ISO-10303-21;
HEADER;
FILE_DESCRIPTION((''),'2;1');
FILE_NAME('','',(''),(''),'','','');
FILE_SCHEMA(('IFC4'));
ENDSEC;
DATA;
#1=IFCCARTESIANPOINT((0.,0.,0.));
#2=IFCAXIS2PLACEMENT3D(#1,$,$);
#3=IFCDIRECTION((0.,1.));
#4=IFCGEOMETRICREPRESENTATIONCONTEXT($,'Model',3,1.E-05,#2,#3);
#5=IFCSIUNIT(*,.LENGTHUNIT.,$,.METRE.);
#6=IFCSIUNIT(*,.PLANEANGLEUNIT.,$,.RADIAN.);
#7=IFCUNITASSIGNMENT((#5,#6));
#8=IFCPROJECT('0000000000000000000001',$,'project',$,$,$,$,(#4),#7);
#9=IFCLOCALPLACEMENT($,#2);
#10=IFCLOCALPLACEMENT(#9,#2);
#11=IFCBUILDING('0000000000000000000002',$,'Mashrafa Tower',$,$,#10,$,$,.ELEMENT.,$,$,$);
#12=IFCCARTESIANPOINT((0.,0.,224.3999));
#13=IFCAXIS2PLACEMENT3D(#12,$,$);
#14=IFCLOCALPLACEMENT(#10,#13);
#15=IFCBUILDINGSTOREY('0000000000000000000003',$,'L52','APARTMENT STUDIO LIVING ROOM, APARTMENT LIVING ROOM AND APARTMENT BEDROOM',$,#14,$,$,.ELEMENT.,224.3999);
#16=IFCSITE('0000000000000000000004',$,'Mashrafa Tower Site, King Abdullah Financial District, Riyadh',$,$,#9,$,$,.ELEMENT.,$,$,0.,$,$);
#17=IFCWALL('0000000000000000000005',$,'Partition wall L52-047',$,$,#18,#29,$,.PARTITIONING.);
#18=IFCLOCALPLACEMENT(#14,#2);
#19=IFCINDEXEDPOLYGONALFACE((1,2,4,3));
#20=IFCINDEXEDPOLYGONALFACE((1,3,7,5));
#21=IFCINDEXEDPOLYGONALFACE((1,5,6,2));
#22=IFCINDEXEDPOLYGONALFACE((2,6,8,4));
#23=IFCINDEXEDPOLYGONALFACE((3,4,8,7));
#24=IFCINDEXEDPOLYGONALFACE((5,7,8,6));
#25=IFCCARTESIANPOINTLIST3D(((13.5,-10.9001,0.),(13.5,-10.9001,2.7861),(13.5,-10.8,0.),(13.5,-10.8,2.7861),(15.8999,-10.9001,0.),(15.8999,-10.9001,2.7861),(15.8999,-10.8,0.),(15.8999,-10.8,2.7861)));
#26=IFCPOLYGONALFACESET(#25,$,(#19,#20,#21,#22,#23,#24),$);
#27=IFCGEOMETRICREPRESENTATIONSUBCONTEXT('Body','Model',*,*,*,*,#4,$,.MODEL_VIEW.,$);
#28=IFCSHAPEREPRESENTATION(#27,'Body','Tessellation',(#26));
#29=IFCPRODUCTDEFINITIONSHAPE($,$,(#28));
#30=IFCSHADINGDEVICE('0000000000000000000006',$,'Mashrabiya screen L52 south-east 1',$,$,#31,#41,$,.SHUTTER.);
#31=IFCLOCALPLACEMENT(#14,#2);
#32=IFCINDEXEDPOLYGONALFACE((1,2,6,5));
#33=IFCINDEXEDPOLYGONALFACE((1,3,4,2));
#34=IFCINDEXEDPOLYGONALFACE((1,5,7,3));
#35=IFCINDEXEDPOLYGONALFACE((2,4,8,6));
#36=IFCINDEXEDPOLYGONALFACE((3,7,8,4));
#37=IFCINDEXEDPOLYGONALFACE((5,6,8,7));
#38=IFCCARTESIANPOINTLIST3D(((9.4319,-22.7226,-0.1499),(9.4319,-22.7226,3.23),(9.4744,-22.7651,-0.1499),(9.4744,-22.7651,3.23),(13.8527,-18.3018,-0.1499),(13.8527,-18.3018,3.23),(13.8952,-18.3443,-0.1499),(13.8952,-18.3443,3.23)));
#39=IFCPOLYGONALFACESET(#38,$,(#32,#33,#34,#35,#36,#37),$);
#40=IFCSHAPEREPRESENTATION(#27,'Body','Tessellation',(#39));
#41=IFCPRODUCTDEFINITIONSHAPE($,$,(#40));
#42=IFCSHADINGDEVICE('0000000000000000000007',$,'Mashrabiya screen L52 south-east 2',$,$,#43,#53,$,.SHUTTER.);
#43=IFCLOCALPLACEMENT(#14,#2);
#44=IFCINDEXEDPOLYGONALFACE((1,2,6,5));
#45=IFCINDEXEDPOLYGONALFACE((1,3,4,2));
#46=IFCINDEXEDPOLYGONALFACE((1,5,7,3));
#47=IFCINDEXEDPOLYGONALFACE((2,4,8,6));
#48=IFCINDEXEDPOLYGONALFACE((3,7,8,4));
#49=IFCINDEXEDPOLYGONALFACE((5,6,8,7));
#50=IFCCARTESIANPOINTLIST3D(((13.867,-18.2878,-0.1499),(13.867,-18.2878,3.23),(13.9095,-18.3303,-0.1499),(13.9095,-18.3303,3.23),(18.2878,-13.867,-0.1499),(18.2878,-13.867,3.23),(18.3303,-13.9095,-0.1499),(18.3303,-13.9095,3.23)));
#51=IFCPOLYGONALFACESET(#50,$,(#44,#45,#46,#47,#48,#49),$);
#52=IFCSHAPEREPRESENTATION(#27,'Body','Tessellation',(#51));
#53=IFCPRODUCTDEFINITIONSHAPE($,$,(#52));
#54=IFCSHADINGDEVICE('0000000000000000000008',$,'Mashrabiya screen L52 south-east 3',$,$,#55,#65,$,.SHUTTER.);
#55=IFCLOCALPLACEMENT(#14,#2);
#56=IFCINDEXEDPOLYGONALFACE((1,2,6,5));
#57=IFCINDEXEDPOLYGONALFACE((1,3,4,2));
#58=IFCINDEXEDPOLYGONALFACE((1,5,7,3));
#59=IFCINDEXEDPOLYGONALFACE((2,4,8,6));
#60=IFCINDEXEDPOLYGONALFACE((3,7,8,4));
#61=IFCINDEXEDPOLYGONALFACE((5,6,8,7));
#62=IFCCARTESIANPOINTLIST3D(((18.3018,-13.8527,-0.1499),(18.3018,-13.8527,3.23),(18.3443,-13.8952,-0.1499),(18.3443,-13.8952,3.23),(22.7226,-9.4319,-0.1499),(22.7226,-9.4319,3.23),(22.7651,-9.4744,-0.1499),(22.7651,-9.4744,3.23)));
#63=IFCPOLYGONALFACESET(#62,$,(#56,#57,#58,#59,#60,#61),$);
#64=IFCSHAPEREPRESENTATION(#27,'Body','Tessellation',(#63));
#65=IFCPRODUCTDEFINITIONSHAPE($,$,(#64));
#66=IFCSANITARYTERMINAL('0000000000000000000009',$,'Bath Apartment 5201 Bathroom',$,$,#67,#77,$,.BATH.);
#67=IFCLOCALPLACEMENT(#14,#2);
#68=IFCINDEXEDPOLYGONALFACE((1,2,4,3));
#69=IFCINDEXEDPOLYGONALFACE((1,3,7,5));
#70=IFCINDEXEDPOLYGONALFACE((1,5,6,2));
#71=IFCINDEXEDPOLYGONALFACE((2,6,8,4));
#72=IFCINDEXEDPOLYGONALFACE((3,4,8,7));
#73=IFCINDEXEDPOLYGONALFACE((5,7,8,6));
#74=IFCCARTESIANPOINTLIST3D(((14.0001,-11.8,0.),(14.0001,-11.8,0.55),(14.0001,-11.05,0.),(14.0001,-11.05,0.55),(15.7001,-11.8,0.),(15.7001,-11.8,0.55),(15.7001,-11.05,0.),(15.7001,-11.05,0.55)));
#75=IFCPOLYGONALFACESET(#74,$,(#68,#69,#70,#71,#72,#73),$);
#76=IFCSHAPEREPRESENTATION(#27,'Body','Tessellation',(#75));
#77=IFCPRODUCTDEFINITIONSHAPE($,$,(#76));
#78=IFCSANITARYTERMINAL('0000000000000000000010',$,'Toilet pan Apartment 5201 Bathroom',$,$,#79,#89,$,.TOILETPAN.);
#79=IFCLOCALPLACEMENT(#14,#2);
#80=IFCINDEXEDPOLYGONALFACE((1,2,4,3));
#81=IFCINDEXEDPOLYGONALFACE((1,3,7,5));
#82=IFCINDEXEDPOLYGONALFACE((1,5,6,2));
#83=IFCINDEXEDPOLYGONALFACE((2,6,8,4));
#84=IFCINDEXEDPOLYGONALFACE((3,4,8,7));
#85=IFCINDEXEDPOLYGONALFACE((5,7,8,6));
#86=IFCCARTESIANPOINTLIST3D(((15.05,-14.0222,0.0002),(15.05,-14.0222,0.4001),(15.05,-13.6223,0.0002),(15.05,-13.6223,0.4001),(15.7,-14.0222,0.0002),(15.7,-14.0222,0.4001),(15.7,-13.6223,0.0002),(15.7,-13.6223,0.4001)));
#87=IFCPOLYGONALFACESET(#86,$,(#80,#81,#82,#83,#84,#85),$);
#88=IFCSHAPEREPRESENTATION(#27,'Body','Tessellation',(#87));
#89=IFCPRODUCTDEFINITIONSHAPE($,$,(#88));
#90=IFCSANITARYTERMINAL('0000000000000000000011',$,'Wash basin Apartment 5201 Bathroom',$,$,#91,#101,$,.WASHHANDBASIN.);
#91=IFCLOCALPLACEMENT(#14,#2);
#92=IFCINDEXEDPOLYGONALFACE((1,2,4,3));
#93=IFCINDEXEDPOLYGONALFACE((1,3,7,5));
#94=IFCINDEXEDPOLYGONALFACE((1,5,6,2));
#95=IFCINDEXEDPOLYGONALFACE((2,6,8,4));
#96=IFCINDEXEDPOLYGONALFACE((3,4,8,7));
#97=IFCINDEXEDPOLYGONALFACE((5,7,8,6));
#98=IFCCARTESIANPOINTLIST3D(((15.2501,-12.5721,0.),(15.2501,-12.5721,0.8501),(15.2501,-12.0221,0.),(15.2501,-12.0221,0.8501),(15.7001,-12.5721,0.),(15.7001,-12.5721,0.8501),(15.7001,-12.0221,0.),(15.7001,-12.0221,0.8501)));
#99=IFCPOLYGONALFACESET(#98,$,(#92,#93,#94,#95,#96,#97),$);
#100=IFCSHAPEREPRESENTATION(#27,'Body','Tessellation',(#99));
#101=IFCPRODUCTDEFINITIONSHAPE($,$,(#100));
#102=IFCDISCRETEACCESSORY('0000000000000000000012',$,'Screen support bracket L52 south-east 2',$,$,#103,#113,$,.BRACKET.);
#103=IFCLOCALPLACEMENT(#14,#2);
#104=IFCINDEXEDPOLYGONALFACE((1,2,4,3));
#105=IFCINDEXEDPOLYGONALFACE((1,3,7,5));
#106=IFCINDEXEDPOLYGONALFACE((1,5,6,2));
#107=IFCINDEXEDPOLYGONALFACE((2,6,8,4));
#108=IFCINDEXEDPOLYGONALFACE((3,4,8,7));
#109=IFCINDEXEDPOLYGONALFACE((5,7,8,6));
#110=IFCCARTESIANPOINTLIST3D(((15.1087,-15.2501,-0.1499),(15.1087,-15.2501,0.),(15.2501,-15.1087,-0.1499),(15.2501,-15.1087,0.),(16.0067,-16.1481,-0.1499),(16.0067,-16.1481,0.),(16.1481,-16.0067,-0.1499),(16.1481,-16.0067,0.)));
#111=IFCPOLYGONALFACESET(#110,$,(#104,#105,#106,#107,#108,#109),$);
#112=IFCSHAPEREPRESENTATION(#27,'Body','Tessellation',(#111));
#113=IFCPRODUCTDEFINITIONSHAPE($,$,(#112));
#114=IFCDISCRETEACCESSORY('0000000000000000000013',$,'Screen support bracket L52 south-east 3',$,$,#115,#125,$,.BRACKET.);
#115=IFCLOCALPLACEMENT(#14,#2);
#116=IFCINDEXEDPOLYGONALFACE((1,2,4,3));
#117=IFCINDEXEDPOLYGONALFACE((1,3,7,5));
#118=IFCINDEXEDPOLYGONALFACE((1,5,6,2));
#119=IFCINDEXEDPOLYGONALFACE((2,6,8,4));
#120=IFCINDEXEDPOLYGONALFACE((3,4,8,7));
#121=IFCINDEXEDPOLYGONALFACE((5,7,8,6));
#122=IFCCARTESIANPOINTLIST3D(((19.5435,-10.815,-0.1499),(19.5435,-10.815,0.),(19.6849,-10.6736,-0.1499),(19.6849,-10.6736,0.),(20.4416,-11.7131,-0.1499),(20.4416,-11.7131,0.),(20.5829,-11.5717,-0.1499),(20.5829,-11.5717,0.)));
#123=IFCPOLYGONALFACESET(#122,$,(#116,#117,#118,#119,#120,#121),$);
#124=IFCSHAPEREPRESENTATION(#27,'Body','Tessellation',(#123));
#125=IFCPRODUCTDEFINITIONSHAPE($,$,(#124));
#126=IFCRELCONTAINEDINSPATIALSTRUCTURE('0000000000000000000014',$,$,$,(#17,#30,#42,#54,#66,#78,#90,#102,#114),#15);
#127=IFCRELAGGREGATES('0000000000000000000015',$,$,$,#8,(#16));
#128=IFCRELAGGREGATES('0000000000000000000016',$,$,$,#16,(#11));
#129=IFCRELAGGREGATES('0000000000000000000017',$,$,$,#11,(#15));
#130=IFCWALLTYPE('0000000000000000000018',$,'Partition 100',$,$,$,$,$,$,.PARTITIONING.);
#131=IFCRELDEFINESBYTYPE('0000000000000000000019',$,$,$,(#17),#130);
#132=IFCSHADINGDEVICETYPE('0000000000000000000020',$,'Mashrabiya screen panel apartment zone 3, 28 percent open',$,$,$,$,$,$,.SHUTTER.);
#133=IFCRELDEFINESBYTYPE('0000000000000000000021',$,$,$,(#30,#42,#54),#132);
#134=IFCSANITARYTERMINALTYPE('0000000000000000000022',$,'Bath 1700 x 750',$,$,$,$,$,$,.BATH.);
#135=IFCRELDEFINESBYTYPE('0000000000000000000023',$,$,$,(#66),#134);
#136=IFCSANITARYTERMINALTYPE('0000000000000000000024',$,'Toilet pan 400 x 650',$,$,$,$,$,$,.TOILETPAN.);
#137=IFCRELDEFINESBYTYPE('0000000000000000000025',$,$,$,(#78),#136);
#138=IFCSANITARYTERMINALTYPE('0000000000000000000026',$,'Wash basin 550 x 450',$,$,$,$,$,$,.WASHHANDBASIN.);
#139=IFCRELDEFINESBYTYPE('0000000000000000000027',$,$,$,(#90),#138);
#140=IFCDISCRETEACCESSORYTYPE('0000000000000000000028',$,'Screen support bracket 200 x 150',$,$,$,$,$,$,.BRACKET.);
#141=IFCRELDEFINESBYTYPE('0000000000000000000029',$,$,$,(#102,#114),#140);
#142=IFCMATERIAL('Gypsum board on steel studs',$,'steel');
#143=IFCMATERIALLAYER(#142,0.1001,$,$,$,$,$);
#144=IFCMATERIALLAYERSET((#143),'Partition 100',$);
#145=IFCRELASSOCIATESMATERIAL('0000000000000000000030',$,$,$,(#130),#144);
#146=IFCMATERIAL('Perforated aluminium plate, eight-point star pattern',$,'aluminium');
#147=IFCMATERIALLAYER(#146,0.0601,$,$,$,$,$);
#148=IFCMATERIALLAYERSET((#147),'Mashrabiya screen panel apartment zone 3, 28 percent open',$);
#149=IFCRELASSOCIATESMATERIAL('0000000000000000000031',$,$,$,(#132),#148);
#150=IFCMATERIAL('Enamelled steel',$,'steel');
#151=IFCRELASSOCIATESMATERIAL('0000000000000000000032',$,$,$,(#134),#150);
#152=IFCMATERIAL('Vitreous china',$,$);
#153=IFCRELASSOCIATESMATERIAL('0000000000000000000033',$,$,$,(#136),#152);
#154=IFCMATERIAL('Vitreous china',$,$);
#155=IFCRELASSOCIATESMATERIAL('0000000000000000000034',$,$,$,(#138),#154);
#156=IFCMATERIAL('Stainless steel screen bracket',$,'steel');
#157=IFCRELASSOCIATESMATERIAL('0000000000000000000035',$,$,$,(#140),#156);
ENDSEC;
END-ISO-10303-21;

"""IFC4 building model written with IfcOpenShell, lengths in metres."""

from ifc_helpers import new_model, si_unit, direction, frame, frame_2d, origin, origin_2d, place, context, subcontext, project, spatial, rectangle, extrude, source, transform, mapped, material, layer, layer_set, type_object, type_shapes, element, save


model = new_model("IFC4")

# Units and contexts
model_context = context("Model", 3, precision=1e-05, world=origin(), true_north=direction((0.0, 1.0)))
body_context = subcontext(model_context, "Body", "Model", "MODEL_VIEW")
ifc_project = project(units=[si_unit("LENGTHUNIT", "METRE"), si_unit("PLANEANGLEUNIT", "RADIAN")], contexts=[model_context])

# Site, building, storey
site_placement = place(None, origin())
site = spatial("IfcSite", under=ifc_project, at=site_placement, Name="Mashrafa Tower Site, King Abdullah Financial District, Riyadh", CompositionType="ELEMENT", RefElevation=0.0)
building_placement = place(site_placement, origin())
building = spatial("IfcBuilding", under=site, at=building_placement, Name="Mashrafa Tower", CompositionType="ELEMENT")
storey_placement = place(building_placement, frame((0.0, 0.0, 224.3999)))
storey = spatial("IfcBuildingStorey", under=building, at=storey_placement, Name="L52", Description="APARTMENT STUDIO LIVING ROOM, APARTMENT LIVING ROOM AND APARTMENT BEDROOM", CompositionType="ELEMENT", Elevation=224.3999)

# Shared definitions
ifc_material_1 = material(Name="Gypsum board on steel studs", Category="steel")
ifc_layer_1 = layer(ifc_material_1, 0.1001)
ifc_layer_set_1 = layer_set([ifc_layer_1], Name="Partition 100")
wall_type_1 = type_object("IfcWallType", Name="Partition 100", PredefinedType="PARTITIONING", material=ifc_layer_set_1)

# Wall
wall_1_placement = place(storey_placement, frame((15.8999, -10.8501, 0.0), z_axis=(0.0, 0.0, 1.0), x_axis=(-1.0, 0.0, 0.0)))
element("IfcWall", 1, at=wall_1_placement, inside=storey, type_object=wall_type_1, Name="Partition wall L52-047", PredefinedType="PARTITIONING", context=body_context, shape_type="SweptSolid", body=[
    extrude(rectangle(XDim=2.3999, YDim=0.1001, at=frame_2d((1.2, 0.0))), origin(), (0.0, 0.0, 1.0), 2.7861),
])

# Shading devices
ifc_material_2 = material(Name="Perforated aluminium plate, eight-point star pattern", Category="aluminium")
ifc_layer_2 = layer(ifc_material_2, 0.0601)
ifc_layer_set_2 = layer_set([ifc_layer_2], Name="Mashrabiya screen panel apartment zone 3, 28 percent open")
shading_device_type = type_object("IfcShadingDeviceType", Name="Mashrabiya screen panel apartment zone 3, 28 percent open", PredefinedType="SHUTTER", material=ifc_layer_set_2)
shared_shape_1 = source(origin(), body_context, "Body", "SweptSolid", [
    extrude(rectangle(XDim=6.252, YDim=0.0601, at=origin_2d()), origin(), (0.0, 0.0, 1.0), 3.3799),
])
type_shapes(shading_device_type, [shared_shape_1])
for number, where, z_axis, x_axis, name in (
    (2, (11.6636, -20.5334, -0.1499), (0.0, 0.0, 1.0), (0.707107, 0.707107, 0.0), "Mashrabiya screen L52 south-east 1"),
    (3, (16.0986, -16.0986, -0.1499), (0.0, 0.0, 1.0), (0.707107, 0.707107, 0.0), "Mashrabiya screen L52 south-east 2"),
    (4, (20.5334, -11.6636, -0.1499), (0.0, 0.0, 1.0), (0.707107, 0.707107, 0.0), "Mashrabiya screen L52 south-east 3"),
):
    element("IfcShadingDevice", number, at=place(storey_placement, frame(where, z_axis=z_axis, x_axis=x_axis)), inside=storey, type_object=shading_device_type, Name=name, PredefinedType="SHUTTER", context=body_context, shape_type="MappedRepresentation", body=[
        mapped(shared_shape_1, transform((0.0, 0.0, 0.0))),
    ])

# Sanitary terminals
ifc_material_3 = material(Name="Enamelled steel", Category="steel")
sanitary_terminal_type_1 = type_object("IfcSanitaryTerminalType", Name="Bath 1700 x 750", PredefinedType="BATH", material=ifc_material_3)
sanitary_terminal_1_placement = place(storey_placement, frame((14.8501, -11.425, 0.0), z_axis=(0.0, 0.0, 1.0), x_axis=(-1.0, 0.0, 0.0)))
element("IfcSanitaryTerminal", 5, at=sanitary_terminal_1_placement, inside=storey, type_object=sanitary_terminal_type_1, Name="Bath Apartment 5201 Bathroom", PredefinedType="BATH", context=body_context, shape_type="SweptSolid", body=[
    extrude(rectangle(XDim=1.7, YDim=0.75, at=origin_2d()), origin(), (0.0, 0.0, 1.0), 0.55),
])
ifc_material_4 = material(Name="Vitreous china")
sanitary_terminal_type_2 = type_object("IfcSanitaryTerminalType", Name="Toilet pan 400 x 650", PredefinedType="TOILETPAN", material=ifc_material_4)
sanitary_terminal_2_placement = place(storey_placement, frame((15.375, -13.8223, 0.0002), z_axis=(0.0, 0.0, 1.0), x_axis=(0.0, 1.0, 0.0)))
element("IfcSanitaryTerminal", 6, at=sanitary_terminal_2_placement, inside=storey, type_object=sanitary_terminal_type_2, Name="Toilet pan Apartment 5201 Bathroom", PredefinedType="TOILETPAN", context=body_context, shape_type="SweptSolid", body=[
    extrude(rectangle(XDim=0.3999, YDim=0.6499, at=origin_2d()), origin(), (0.0, 0.0, 1.0), 0.3999),
])
ifc_material_5 = material(Name="Vitreous china")
sanitary_terminal_type_3 = type_object("IfcSanitaryTerminalType", Name="Wash basin 550 x 450", PredefinedType="WASHHANDBASIN", material=ifc_material_5)
sanitary_terminal_3_placement = place(storey_placement, frame((15.4751, -12.2971, 0.0), z_axis=(0.0, 0.0, 1.0), x_axis=(0.0, 1.0, 0.0)))
element("IfcSanitaryTerminal", 7, at=sanitary_terminal_3_placement, inside=storey, type_object=sanitary_terminal_type_3, Name="Wash basin Apartment 5201 Bathroom", PredefinedType="WASHHANDBASIN", context=body_context, shape_type="SweptSolid", body=[
    extrude(rectangle(XDim=0.55, YDim=0.45, at=origin_2d()), origin(), (0.0, 0.0, 1.0), 0.8501),
])

# Discrete accessories
ifc_material_6 = material(Name="Stainless steel screen bracket", Category="steel")
discrete_accessory_type = type_object("IfcDiscreteAccessoryType", Name="Screen support bracket 200 x 150", PredefinedType="BRACKET", material=ifc_material_6)
shared_shape_2 = source(origin(), body_context, "Body", "SweptSolid", [
    extrude(rectangle(XDim=0.2, YDim=1.27, at=origin_2d()), origin(), (0.0, 0.0, 1.0), 0.1499),
])
type_shapes(discrete_accessory_type, [shared_shape_2])
for number, where, z_axis, x_axis, name in (
    (8, (15.6284, -15.6284, -0.1499), (0.0, 0.0, 1.0), (0.707107, 0.707107, 0.0), "Screen support bracket L52 south-east 2"),
    (9, (20.0632, -11.1934, -0.1499), (0.0, 0.0, 1.0), (0.707107, 0.707107, 0.0), "Screen support bracket L52 south-east 3"),
):
    element("IfcDiscreteAccessory", number, at=place(storey_placement, frame(where, z_axis=z_axis, x_axis=x_axis)), inside=storey, type_object=discrete_accessory_type, Name=name, PredefinedType="BRACKET", context=body_context, shape_type="MappedRepresentation", body=[
        mapped(shared_shape_2, transform((0.0, 0.0, 0.0))),
    ])

save(model, "model.ifc")
